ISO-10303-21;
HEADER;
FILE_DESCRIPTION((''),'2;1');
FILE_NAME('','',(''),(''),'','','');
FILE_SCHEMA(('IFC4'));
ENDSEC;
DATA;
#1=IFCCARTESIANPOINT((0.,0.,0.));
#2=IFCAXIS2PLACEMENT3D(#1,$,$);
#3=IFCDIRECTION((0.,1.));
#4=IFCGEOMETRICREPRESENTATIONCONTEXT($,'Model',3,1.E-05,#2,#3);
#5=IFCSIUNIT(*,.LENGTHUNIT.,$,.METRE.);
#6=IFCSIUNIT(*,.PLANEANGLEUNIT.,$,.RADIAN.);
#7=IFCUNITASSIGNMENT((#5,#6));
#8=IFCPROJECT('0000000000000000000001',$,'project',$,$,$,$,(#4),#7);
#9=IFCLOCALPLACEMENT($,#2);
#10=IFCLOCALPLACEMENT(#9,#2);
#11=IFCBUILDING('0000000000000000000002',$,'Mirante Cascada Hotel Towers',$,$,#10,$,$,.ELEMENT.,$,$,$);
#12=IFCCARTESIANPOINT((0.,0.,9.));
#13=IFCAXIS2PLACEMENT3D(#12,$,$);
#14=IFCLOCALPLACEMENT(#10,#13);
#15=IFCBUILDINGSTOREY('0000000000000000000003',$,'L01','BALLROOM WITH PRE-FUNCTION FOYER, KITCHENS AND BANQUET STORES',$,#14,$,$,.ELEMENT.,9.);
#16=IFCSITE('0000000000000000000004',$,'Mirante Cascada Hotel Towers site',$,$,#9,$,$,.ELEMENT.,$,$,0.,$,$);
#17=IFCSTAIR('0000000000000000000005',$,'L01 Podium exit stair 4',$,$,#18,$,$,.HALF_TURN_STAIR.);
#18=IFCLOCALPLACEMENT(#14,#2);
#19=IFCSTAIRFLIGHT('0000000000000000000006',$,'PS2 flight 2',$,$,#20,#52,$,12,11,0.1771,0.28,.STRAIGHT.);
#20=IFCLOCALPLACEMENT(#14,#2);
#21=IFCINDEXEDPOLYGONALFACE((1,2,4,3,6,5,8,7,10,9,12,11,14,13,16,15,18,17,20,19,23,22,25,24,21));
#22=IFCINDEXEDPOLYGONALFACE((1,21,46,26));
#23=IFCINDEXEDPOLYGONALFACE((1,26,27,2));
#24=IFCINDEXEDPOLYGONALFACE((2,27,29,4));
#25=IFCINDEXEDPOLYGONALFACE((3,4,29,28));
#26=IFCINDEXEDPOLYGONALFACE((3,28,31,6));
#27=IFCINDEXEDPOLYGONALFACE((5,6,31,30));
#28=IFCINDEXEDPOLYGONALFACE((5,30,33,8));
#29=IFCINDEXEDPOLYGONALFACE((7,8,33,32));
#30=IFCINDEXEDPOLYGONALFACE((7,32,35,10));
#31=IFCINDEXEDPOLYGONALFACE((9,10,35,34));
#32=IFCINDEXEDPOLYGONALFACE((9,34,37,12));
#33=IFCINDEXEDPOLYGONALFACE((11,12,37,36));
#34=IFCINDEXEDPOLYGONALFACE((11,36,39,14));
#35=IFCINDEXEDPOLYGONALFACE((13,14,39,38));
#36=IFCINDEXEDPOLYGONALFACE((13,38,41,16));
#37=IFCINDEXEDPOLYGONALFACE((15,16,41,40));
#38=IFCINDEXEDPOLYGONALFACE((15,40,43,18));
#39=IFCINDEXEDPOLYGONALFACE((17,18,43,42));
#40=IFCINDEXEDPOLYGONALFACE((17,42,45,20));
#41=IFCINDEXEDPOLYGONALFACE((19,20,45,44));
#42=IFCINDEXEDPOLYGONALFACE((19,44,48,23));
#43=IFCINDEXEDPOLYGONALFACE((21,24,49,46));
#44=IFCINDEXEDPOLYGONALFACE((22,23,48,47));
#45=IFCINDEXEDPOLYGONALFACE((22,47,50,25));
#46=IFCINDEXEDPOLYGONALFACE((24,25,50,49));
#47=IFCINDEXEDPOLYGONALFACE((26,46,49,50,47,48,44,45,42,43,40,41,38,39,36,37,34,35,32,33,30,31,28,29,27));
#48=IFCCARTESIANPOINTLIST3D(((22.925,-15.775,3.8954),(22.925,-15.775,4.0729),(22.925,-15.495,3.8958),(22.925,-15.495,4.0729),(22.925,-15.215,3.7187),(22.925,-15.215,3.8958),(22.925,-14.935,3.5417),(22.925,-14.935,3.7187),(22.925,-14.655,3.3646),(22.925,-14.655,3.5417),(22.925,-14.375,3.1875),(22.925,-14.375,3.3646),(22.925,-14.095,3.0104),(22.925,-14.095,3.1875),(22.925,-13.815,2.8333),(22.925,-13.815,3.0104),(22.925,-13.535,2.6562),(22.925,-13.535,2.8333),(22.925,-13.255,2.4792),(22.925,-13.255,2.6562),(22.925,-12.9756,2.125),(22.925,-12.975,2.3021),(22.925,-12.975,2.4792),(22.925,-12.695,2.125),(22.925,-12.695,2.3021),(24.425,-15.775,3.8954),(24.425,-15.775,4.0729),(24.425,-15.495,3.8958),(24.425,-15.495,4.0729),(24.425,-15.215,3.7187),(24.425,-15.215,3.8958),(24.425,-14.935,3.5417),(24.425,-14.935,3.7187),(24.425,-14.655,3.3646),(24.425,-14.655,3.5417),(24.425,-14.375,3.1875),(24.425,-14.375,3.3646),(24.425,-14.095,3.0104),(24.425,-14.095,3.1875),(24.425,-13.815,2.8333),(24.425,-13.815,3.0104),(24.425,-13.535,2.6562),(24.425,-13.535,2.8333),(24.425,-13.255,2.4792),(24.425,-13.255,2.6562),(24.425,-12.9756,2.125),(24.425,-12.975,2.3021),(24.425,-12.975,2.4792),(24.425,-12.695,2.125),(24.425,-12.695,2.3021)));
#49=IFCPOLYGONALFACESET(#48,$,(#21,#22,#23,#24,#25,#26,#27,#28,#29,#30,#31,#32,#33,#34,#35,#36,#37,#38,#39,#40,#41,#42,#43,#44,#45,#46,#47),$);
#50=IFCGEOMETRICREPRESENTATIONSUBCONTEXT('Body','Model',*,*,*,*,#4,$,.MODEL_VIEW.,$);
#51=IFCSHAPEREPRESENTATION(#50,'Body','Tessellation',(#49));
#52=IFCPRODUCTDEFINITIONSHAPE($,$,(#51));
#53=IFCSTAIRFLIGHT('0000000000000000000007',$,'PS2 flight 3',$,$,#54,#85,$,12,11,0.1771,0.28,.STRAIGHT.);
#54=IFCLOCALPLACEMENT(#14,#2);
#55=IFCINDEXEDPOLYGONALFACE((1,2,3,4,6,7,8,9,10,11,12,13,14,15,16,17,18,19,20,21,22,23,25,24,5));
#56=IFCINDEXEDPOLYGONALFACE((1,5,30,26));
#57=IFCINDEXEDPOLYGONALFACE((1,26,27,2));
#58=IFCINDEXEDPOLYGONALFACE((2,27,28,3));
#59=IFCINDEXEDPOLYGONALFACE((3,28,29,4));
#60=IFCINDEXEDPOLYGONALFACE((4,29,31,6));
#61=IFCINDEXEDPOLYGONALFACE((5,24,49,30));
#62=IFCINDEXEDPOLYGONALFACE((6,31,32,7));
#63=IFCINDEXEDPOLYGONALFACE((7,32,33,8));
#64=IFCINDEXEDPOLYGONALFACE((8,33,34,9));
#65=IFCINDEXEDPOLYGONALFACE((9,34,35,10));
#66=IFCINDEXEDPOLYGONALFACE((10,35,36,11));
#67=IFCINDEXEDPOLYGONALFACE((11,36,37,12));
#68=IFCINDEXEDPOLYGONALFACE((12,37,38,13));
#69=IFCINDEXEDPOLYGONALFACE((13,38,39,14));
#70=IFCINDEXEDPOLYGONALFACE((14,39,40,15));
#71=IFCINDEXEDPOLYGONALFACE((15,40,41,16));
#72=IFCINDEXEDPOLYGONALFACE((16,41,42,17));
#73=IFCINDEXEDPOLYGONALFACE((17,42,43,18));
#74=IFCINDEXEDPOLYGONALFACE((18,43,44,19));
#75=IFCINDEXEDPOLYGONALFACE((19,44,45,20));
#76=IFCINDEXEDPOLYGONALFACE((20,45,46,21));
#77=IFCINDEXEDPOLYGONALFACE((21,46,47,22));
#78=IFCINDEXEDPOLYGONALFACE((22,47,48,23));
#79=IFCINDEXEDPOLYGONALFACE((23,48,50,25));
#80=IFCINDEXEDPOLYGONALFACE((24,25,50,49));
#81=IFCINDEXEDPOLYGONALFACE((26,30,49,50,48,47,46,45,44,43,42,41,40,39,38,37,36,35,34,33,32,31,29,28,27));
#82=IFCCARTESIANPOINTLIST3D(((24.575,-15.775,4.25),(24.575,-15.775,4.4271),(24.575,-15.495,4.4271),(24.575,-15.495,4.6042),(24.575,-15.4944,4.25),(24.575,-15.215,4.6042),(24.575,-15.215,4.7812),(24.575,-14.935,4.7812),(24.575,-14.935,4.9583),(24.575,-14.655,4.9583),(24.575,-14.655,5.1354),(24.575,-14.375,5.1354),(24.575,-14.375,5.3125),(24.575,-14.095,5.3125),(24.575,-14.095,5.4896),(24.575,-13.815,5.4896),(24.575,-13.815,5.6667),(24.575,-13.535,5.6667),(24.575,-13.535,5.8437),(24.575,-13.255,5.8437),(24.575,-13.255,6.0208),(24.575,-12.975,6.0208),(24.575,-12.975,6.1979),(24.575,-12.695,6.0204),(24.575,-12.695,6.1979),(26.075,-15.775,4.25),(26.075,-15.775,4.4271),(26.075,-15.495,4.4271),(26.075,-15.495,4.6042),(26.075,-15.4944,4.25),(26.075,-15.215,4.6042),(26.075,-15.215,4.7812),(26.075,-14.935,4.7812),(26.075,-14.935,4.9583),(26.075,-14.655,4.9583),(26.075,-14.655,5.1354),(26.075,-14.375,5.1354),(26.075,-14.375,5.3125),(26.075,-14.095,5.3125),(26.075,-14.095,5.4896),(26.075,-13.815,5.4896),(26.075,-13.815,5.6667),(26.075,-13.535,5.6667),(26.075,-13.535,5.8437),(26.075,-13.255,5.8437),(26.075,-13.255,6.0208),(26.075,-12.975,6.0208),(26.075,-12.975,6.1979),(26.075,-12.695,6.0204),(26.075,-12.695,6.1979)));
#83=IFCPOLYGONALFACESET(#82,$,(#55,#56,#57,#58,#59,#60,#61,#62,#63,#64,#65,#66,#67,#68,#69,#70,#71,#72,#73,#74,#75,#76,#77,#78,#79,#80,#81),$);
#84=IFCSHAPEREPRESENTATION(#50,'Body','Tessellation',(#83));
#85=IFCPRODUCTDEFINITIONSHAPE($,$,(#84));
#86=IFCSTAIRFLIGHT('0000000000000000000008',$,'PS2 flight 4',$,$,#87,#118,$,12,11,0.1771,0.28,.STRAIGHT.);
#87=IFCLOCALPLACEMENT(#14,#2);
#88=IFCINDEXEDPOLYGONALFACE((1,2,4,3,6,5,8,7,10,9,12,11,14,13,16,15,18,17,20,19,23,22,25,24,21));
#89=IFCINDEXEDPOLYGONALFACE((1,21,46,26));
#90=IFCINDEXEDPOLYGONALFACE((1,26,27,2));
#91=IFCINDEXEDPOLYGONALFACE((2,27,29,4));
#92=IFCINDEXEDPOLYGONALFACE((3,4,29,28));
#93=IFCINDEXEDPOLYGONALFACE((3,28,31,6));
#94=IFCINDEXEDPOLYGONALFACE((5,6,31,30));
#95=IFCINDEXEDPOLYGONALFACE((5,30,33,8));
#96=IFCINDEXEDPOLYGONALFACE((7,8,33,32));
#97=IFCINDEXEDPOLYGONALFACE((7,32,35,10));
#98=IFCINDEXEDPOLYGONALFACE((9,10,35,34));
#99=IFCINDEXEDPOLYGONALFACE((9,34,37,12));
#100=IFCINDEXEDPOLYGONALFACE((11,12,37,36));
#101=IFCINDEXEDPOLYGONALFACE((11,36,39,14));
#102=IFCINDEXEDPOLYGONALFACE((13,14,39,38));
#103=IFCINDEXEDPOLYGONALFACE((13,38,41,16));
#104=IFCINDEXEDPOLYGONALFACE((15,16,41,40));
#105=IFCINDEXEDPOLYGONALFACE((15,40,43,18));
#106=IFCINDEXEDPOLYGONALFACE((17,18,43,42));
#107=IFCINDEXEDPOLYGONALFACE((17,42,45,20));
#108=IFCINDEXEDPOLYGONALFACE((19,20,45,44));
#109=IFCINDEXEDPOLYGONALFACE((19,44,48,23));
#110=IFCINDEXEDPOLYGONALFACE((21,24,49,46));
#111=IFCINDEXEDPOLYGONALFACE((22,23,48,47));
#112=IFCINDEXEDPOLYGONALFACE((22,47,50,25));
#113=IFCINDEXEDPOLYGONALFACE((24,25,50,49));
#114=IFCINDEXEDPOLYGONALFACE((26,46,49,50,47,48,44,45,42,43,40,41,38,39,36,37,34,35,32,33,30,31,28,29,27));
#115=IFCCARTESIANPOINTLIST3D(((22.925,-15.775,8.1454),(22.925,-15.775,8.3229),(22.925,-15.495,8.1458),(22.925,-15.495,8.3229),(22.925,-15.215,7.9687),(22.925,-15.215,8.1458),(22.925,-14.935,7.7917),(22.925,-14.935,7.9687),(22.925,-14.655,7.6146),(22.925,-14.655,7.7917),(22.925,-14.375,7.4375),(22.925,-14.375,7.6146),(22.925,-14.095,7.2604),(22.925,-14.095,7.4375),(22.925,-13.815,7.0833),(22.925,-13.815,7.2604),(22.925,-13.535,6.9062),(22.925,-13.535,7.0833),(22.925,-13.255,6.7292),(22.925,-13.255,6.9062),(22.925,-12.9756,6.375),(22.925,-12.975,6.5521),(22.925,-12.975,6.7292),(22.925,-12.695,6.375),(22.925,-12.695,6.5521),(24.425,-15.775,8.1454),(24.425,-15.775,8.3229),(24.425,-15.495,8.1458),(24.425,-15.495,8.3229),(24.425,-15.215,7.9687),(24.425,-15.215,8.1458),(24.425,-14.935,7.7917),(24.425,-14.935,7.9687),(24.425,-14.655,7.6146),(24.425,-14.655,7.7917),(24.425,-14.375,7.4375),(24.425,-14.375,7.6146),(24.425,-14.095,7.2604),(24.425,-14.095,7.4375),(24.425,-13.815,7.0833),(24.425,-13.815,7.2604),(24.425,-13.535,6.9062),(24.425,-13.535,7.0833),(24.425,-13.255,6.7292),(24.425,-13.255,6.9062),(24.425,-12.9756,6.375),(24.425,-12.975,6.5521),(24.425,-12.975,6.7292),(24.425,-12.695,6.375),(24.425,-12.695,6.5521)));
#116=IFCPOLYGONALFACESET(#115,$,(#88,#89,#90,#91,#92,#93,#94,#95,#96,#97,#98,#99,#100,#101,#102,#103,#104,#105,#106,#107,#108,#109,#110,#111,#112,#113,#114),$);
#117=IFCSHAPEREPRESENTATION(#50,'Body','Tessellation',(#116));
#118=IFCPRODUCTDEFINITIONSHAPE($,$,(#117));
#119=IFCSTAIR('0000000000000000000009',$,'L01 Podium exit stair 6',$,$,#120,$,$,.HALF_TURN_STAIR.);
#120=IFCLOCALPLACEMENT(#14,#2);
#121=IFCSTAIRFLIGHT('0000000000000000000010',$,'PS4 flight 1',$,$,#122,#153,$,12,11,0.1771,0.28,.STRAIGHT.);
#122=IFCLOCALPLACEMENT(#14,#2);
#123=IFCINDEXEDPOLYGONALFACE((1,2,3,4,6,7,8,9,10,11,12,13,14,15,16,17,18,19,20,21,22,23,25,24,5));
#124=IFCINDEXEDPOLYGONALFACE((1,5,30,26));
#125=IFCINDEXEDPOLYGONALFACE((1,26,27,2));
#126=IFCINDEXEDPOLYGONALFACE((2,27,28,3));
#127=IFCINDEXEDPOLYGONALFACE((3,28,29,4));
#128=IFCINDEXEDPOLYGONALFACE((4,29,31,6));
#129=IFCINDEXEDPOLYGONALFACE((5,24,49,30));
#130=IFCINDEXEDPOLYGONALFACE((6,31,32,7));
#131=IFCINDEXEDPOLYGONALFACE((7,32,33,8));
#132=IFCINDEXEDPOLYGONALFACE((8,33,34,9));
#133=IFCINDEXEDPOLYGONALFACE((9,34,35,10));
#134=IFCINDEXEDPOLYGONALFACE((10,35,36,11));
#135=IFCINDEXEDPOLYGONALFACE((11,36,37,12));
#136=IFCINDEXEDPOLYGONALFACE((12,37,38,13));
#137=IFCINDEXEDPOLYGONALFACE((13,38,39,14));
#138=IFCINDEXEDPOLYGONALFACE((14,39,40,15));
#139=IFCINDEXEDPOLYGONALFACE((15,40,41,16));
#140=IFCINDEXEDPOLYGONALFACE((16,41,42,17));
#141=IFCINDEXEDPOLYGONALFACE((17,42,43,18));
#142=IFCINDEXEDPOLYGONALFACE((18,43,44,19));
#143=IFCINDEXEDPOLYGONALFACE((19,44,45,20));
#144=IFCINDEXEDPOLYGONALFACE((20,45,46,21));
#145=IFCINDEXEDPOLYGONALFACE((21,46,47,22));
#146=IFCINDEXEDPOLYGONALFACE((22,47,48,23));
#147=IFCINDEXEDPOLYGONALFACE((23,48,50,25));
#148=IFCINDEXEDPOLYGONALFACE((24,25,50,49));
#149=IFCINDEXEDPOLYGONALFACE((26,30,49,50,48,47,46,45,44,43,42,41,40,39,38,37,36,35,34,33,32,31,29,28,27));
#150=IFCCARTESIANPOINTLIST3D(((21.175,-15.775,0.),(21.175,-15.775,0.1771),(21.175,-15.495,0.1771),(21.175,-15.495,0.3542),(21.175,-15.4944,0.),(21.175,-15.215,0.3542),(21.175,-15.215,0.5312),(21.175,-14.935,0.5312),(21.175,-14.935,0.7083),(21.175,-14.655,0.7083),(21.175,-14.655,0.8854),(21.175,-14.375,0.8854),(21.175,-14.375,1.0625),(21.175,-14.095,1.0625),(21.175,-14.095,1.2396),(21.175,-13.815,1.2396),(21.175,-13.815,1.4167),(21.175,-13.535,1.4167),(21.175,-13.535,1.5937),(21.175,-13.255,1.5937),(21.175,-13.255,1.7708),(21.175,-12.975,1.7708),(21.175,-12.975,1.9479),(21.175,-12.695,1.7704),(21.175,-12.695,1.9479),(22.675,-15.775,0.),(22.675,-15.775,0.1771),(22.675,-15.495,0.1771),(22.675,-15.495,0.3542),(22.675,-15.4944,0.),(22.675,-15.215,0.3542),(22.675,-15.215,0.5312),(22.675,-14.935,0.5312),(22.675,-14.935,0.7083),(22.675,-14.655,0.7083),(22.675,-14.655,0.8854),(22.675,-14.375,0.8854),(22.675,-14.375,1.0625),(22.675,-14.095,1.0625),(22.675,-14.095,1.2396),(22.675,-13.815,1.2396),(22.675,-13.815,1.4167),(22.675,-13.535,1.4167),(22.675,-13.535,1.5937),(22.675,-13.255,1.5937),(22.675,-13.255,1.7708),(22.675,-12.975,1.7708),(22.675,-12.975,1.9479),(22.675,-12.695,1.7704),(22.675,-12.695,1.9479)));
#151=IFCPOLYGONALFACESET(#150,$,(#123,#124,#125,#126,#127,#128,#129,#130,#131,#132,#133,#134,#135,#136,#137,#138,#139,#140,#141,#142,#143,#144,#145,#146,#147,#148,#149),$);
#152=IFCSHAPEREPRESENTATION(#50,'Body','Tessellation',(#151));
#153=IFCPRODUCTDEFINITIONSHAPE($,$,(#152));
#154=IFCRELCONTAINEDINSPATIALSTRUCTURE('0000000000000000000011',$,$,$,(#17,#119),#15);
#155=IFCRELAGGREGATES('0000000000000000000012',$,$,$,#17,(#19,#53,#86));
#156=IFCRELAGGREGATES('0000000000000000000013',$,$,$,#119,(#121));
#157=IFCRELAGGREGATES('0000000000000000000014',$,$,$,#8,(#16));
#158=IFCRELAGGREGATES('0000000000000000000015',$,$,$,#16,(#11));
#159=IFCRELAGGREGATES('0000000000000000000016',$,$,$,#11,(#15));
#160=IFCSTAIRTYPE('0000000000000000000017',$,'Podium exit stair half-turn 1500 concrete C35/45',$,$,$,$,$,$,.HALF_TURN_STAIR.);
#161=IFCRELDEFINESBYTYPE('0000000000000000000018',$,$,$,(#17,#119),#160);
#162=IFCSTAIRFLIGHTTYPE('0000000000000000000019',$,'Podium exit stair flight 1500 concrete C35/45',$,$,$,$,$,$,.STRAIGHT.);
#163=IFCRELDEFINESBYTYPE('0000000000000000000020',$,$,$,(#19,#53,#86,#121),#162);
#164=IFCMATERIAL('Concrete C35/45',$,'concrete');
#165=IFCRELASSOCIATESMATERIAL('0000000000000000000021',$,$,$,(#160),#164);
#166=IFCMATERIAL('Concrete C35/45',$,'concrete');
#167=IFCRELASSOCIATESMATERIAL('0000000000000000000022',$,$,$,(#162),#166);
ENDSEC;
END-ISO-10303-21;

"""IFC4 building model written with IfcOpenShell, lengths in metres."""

from ifc_helpers import new_model, si_unit, direction, frame, origin, place, context, subcontext, project, spatial, polyline, outline, extrude, material, type_object, element, aggregate, save


model = new_model("IFC4")

# Units and contexts
model_context = context("Model", 3, precision=1e-05, world=origin(), true_north=direction((0.0, 1.0)))
body_context = subcontext(model_context, "Body", "Model", "MODEL_VIEW")
ifc_project = project(units=[si_unit("LENGTHUNIT", "METRE"), si_unit("PLANEANGLEUNIT", "RADIAN")], contexts=[model_context])

# Site, building, storey
site_placement = place(None, origin())
site = spatial("IfcSite", under=ifc_project, at=site_placement, Name="Mirante Cascada Hotel Towers site", CompositionType="ELEMENT", RefElevation=0.0)
building_placement = place(site_placement, origin())
building = spatial("IfcBuilding", under=site, at=building_placement, Name="Mirante Cascada Hotel Towers", CompositionType="ELEMENT")
storey_placement = place(building_placement, frame((0.0, 0.0, 9.0)))
storey = spatial("IfcBuildingStorey", under=building, at=storey_placement, Name="L01", Description="BALLROOM WITH PRE-FUNCTION FOYER, KITCHENS AND BANQUET STORES", CompositionType="ELEMENT", Elevation=9.0)

# Stairs, stair flights
ifc_material_1 = material(Name="Concrete C35/45", Category="concrete")
stair_type = type_object("IfcStairType", Name="Podium exit stair half-turn 1500 concrete C35/45", PredefinedType="HALF_TURN_STAIR", material=ifc_material_1)
stair_1_placement = place(storey_placement, origin())
stair_1 = element("IfcStair", 1, at=stair_1_placement, inside=storey, type_object=stair_type, Name="L01 Podium exit stair 4", PredefinedType="HALF_TURN_STAIR")
ifc_material_2 = material(Name="Concrete C35/45", Category="concrete")
stair_flight_type = type_object("IfcStairFlightType", Name="Podium exit stair flight 1500 concrete C35/45", PredefinedType="STRAIGHT", material=ifc_material_2)
stair_flight_1_placement = place(storey_placement, frame((23.675, -12.695, 2.125), z_axis=(0.0, 0.0, 1.0), x_axis=(0.0, -1.0, 0.0)))
stair_flight_1 = element("IfcStairFlight", 2, at=stair_flight_1_placement, type_object=stair_flight_type, Name="PS2 flight 2", NumberOfRisers=12, NumberOfTreads=11, PredefinedType="STRAIGHT", RiserHeight=0.1771, TreadLength=0.28, context=body_context, shape_type="SweptSolid", body=[
    extrude(outline(polyline([(0.0, 0.0), (0.0, 0.1771), (0.28, 0.1771), (0.28, 0.3542), (0.56, 0.3542), (0.56, 0.5312), (0.84, 0.5312), (0.84, 0.7083), (1.12, 0.7083), (1.12, 0.8854), (1.4, 0.8854), (1.4, 1.0625), (1.68, 1.0625), (1.68, 1.2396), (1.96, 1.2396), (1.96, 1.4167), (2.24, 1.4167), (2.24, 1.5937), (2.52, 1.5937), (2.52, 1.7708), (2.8, 1.7708), (2.8, 1.9479), (3.08, 1.9479), (3.08, 2.125), (3.08, 1.7704), (0.2806, 0.0), (0.0, 0.0)])), frame((0.0, 0.75, 0.0), z_axis=(0.0, -1.0, 0.0), x_axis=(1.0, 0.0, 0.0)), (0.0, 0.0, 1.0), 1.5),
])
stair_flight_2_placement = place(storey_placement, frame((25.325, -15.775, 4.25), z_axis=(0.0, 0.0, 1.0), x_axis=(0.0, 1.0, 0.0)))
stair_flight_2 = element("IfcStairFlight", 3, at=stair_flight_2_placement, type_object=stair_flight_type, Name="PS2 flight 3", NumberOfRisers=12, NumberOfTreads=11, PredefinedType="STRAIGHT", RiserHeight=0.1771, TreadLength=0.28, context=body_context, shape_type="SweptSolid", body=[
    extrude(outline(polyline([(0.0, 0.0), (0.0, 0.1771), (0.28, 0.1771), (0.28, 0.3542), (0.56, 0.3542), (0.56, 0.5312), (0.84, 0.5312), (0.84, 0.7083), (1.12, 0.7083), (1.12, 0.8854), (1.4, 0.8854), (1.4, 1.0625), (1.68, 1.0625), (1.68, 1.2396), (1.96, 1.2396), (1.96, 1.4167), (2.24, 1.4167), (2.24, 1.5937), (2.52, 1.5937), (2.52, 1.7708), (2.8, 1.7708), (2.8, 1.9479), (3.08, 1.9479), (3.08, 2.125), (3.08, 1.7704), (0.2806, 0.0), (0.0, 0.0)])), frame((0.0, 0.75, 0.0), z_axis=(0.0, -1.0, 0.0), x_axis=(1.0, 0.0, 0.0)), (0.0, 0.0, 1.0), 1.5),
])
stair_flight_3_placement = place(storey_placement, frame((23.675, -12.695, 6.375), z_axis=(0.0, 0.0, 1.0), x_axis=(0.0, -1.0, 0.0)))
stair_flight_3 = element("IfcStairFlight", 4, at=stair_flight_3_placement, type_object=stair_flight_type, Name="PS2 flight 4", NumberOfRisers=12, NumberOfTreads=11, PredefinedType="STRAIGHT", RiserHeight=0.1771, TreadLength=0.28, context=body_context, shape_type="SweptSolid", body=[
    extrude(outline(polyline([(0.0, 0.0), (0.0, 0.1771), (0.28, 0.1771), (0.28, 0.3542), (0.56, 0.3542), (0.56, 0.5312), (0.84, 0.5312), (0.84, 0.7083), (1.12, 0.7083), (1.12, 0.8854), (1.4, 0.8854), (1.4, 1.0625), (1.68, 1.0625), (1.68, 1.2396), (1.96, 1.2396), (1.96, 1.4167), (2.24, 1.4167), (2.24, 1.5937), (2.52, 1.5937), (2.52, 1.7708), (2.8, 1.7708), (2.8, 1.9479), (3.08, 1.9479), (3.08, 2.125), (3.08, 1.7704), (0.2806, 0.0), (0.0, 0.0)])), frame((0.0, 0.75, 0.0), z_axis=(0.0, -1.0, 0.0), x_axis=(1.0, 0.0, 0.0)), (0.0, 0.0, 1.0), 1.5),
])
aggregate(stair_1, [stair_flight_1, stair_flight_2, stair_flight_3])
stair_2_placement = place(storey_placement, origin())
stair_2 = element("IfcStair", 5, at=stair_2_placement, inside=storey, type_object=stair_type, Name="L01 Podium exit stair 6", PredefinedType="HALF_TURN_STAIR")
stair_flight_4_placement = place(storey_placement, frame((21.925, -15.775, 0.0), z_axis=(0.0, 0.0, 1.0), x_axis=(0.0, 1.0, 0.0)))
stair_flight_4 = element("IfcStairFlight", 6, at=stair_flight_4_placement, type_object=stair_flight_type, Name="PS4 flight 1", NumberOfRisers=12, NumberOfTreads=11, PredefinedType="STRAIGHT", RiserHeight=0.1771, TreadLength=0.28, context=body_context, shape_type="SweptSolid", body=[
    extrude(outline(polyline([(0.0, 0.0), (0.0, 0.1771), (0.28, 0.1771), (0.28, 0.3542), (0.56, 0.3542), (0.56, 0.5312), (0.84, 0.5312), (0.84, 0.7083), (1.12, 0.7083), (1.12, 0.8854), (1.4, 0.8854), (1.4, 1.0625), (1.68, 1.0625), (1.68, 1.2396), (1.96, 1.2396), (1.96, 1.4167), (2.24, 1.4167), (2.24, 1.5937), (2.52, 1.5937), (2.52, 1.7708), (2.8, 1.7708), (2.8, 1.9479), (3.08, 1.9479), (3.08, 2.125), (3.08, 1.7704), (0.2806, 0.0), (0.0, 0.0)])), frame((0.0, 0.75, 0.0), z_axis=(0.0, -1.0, 0.0), x_axis=(1.0, 0.0, 0.0)), (0.0, 0.0, 1.0), 1.5),
])
aggregate(stair_2, [stair_flight_4])

save(model, "model.ifc")
